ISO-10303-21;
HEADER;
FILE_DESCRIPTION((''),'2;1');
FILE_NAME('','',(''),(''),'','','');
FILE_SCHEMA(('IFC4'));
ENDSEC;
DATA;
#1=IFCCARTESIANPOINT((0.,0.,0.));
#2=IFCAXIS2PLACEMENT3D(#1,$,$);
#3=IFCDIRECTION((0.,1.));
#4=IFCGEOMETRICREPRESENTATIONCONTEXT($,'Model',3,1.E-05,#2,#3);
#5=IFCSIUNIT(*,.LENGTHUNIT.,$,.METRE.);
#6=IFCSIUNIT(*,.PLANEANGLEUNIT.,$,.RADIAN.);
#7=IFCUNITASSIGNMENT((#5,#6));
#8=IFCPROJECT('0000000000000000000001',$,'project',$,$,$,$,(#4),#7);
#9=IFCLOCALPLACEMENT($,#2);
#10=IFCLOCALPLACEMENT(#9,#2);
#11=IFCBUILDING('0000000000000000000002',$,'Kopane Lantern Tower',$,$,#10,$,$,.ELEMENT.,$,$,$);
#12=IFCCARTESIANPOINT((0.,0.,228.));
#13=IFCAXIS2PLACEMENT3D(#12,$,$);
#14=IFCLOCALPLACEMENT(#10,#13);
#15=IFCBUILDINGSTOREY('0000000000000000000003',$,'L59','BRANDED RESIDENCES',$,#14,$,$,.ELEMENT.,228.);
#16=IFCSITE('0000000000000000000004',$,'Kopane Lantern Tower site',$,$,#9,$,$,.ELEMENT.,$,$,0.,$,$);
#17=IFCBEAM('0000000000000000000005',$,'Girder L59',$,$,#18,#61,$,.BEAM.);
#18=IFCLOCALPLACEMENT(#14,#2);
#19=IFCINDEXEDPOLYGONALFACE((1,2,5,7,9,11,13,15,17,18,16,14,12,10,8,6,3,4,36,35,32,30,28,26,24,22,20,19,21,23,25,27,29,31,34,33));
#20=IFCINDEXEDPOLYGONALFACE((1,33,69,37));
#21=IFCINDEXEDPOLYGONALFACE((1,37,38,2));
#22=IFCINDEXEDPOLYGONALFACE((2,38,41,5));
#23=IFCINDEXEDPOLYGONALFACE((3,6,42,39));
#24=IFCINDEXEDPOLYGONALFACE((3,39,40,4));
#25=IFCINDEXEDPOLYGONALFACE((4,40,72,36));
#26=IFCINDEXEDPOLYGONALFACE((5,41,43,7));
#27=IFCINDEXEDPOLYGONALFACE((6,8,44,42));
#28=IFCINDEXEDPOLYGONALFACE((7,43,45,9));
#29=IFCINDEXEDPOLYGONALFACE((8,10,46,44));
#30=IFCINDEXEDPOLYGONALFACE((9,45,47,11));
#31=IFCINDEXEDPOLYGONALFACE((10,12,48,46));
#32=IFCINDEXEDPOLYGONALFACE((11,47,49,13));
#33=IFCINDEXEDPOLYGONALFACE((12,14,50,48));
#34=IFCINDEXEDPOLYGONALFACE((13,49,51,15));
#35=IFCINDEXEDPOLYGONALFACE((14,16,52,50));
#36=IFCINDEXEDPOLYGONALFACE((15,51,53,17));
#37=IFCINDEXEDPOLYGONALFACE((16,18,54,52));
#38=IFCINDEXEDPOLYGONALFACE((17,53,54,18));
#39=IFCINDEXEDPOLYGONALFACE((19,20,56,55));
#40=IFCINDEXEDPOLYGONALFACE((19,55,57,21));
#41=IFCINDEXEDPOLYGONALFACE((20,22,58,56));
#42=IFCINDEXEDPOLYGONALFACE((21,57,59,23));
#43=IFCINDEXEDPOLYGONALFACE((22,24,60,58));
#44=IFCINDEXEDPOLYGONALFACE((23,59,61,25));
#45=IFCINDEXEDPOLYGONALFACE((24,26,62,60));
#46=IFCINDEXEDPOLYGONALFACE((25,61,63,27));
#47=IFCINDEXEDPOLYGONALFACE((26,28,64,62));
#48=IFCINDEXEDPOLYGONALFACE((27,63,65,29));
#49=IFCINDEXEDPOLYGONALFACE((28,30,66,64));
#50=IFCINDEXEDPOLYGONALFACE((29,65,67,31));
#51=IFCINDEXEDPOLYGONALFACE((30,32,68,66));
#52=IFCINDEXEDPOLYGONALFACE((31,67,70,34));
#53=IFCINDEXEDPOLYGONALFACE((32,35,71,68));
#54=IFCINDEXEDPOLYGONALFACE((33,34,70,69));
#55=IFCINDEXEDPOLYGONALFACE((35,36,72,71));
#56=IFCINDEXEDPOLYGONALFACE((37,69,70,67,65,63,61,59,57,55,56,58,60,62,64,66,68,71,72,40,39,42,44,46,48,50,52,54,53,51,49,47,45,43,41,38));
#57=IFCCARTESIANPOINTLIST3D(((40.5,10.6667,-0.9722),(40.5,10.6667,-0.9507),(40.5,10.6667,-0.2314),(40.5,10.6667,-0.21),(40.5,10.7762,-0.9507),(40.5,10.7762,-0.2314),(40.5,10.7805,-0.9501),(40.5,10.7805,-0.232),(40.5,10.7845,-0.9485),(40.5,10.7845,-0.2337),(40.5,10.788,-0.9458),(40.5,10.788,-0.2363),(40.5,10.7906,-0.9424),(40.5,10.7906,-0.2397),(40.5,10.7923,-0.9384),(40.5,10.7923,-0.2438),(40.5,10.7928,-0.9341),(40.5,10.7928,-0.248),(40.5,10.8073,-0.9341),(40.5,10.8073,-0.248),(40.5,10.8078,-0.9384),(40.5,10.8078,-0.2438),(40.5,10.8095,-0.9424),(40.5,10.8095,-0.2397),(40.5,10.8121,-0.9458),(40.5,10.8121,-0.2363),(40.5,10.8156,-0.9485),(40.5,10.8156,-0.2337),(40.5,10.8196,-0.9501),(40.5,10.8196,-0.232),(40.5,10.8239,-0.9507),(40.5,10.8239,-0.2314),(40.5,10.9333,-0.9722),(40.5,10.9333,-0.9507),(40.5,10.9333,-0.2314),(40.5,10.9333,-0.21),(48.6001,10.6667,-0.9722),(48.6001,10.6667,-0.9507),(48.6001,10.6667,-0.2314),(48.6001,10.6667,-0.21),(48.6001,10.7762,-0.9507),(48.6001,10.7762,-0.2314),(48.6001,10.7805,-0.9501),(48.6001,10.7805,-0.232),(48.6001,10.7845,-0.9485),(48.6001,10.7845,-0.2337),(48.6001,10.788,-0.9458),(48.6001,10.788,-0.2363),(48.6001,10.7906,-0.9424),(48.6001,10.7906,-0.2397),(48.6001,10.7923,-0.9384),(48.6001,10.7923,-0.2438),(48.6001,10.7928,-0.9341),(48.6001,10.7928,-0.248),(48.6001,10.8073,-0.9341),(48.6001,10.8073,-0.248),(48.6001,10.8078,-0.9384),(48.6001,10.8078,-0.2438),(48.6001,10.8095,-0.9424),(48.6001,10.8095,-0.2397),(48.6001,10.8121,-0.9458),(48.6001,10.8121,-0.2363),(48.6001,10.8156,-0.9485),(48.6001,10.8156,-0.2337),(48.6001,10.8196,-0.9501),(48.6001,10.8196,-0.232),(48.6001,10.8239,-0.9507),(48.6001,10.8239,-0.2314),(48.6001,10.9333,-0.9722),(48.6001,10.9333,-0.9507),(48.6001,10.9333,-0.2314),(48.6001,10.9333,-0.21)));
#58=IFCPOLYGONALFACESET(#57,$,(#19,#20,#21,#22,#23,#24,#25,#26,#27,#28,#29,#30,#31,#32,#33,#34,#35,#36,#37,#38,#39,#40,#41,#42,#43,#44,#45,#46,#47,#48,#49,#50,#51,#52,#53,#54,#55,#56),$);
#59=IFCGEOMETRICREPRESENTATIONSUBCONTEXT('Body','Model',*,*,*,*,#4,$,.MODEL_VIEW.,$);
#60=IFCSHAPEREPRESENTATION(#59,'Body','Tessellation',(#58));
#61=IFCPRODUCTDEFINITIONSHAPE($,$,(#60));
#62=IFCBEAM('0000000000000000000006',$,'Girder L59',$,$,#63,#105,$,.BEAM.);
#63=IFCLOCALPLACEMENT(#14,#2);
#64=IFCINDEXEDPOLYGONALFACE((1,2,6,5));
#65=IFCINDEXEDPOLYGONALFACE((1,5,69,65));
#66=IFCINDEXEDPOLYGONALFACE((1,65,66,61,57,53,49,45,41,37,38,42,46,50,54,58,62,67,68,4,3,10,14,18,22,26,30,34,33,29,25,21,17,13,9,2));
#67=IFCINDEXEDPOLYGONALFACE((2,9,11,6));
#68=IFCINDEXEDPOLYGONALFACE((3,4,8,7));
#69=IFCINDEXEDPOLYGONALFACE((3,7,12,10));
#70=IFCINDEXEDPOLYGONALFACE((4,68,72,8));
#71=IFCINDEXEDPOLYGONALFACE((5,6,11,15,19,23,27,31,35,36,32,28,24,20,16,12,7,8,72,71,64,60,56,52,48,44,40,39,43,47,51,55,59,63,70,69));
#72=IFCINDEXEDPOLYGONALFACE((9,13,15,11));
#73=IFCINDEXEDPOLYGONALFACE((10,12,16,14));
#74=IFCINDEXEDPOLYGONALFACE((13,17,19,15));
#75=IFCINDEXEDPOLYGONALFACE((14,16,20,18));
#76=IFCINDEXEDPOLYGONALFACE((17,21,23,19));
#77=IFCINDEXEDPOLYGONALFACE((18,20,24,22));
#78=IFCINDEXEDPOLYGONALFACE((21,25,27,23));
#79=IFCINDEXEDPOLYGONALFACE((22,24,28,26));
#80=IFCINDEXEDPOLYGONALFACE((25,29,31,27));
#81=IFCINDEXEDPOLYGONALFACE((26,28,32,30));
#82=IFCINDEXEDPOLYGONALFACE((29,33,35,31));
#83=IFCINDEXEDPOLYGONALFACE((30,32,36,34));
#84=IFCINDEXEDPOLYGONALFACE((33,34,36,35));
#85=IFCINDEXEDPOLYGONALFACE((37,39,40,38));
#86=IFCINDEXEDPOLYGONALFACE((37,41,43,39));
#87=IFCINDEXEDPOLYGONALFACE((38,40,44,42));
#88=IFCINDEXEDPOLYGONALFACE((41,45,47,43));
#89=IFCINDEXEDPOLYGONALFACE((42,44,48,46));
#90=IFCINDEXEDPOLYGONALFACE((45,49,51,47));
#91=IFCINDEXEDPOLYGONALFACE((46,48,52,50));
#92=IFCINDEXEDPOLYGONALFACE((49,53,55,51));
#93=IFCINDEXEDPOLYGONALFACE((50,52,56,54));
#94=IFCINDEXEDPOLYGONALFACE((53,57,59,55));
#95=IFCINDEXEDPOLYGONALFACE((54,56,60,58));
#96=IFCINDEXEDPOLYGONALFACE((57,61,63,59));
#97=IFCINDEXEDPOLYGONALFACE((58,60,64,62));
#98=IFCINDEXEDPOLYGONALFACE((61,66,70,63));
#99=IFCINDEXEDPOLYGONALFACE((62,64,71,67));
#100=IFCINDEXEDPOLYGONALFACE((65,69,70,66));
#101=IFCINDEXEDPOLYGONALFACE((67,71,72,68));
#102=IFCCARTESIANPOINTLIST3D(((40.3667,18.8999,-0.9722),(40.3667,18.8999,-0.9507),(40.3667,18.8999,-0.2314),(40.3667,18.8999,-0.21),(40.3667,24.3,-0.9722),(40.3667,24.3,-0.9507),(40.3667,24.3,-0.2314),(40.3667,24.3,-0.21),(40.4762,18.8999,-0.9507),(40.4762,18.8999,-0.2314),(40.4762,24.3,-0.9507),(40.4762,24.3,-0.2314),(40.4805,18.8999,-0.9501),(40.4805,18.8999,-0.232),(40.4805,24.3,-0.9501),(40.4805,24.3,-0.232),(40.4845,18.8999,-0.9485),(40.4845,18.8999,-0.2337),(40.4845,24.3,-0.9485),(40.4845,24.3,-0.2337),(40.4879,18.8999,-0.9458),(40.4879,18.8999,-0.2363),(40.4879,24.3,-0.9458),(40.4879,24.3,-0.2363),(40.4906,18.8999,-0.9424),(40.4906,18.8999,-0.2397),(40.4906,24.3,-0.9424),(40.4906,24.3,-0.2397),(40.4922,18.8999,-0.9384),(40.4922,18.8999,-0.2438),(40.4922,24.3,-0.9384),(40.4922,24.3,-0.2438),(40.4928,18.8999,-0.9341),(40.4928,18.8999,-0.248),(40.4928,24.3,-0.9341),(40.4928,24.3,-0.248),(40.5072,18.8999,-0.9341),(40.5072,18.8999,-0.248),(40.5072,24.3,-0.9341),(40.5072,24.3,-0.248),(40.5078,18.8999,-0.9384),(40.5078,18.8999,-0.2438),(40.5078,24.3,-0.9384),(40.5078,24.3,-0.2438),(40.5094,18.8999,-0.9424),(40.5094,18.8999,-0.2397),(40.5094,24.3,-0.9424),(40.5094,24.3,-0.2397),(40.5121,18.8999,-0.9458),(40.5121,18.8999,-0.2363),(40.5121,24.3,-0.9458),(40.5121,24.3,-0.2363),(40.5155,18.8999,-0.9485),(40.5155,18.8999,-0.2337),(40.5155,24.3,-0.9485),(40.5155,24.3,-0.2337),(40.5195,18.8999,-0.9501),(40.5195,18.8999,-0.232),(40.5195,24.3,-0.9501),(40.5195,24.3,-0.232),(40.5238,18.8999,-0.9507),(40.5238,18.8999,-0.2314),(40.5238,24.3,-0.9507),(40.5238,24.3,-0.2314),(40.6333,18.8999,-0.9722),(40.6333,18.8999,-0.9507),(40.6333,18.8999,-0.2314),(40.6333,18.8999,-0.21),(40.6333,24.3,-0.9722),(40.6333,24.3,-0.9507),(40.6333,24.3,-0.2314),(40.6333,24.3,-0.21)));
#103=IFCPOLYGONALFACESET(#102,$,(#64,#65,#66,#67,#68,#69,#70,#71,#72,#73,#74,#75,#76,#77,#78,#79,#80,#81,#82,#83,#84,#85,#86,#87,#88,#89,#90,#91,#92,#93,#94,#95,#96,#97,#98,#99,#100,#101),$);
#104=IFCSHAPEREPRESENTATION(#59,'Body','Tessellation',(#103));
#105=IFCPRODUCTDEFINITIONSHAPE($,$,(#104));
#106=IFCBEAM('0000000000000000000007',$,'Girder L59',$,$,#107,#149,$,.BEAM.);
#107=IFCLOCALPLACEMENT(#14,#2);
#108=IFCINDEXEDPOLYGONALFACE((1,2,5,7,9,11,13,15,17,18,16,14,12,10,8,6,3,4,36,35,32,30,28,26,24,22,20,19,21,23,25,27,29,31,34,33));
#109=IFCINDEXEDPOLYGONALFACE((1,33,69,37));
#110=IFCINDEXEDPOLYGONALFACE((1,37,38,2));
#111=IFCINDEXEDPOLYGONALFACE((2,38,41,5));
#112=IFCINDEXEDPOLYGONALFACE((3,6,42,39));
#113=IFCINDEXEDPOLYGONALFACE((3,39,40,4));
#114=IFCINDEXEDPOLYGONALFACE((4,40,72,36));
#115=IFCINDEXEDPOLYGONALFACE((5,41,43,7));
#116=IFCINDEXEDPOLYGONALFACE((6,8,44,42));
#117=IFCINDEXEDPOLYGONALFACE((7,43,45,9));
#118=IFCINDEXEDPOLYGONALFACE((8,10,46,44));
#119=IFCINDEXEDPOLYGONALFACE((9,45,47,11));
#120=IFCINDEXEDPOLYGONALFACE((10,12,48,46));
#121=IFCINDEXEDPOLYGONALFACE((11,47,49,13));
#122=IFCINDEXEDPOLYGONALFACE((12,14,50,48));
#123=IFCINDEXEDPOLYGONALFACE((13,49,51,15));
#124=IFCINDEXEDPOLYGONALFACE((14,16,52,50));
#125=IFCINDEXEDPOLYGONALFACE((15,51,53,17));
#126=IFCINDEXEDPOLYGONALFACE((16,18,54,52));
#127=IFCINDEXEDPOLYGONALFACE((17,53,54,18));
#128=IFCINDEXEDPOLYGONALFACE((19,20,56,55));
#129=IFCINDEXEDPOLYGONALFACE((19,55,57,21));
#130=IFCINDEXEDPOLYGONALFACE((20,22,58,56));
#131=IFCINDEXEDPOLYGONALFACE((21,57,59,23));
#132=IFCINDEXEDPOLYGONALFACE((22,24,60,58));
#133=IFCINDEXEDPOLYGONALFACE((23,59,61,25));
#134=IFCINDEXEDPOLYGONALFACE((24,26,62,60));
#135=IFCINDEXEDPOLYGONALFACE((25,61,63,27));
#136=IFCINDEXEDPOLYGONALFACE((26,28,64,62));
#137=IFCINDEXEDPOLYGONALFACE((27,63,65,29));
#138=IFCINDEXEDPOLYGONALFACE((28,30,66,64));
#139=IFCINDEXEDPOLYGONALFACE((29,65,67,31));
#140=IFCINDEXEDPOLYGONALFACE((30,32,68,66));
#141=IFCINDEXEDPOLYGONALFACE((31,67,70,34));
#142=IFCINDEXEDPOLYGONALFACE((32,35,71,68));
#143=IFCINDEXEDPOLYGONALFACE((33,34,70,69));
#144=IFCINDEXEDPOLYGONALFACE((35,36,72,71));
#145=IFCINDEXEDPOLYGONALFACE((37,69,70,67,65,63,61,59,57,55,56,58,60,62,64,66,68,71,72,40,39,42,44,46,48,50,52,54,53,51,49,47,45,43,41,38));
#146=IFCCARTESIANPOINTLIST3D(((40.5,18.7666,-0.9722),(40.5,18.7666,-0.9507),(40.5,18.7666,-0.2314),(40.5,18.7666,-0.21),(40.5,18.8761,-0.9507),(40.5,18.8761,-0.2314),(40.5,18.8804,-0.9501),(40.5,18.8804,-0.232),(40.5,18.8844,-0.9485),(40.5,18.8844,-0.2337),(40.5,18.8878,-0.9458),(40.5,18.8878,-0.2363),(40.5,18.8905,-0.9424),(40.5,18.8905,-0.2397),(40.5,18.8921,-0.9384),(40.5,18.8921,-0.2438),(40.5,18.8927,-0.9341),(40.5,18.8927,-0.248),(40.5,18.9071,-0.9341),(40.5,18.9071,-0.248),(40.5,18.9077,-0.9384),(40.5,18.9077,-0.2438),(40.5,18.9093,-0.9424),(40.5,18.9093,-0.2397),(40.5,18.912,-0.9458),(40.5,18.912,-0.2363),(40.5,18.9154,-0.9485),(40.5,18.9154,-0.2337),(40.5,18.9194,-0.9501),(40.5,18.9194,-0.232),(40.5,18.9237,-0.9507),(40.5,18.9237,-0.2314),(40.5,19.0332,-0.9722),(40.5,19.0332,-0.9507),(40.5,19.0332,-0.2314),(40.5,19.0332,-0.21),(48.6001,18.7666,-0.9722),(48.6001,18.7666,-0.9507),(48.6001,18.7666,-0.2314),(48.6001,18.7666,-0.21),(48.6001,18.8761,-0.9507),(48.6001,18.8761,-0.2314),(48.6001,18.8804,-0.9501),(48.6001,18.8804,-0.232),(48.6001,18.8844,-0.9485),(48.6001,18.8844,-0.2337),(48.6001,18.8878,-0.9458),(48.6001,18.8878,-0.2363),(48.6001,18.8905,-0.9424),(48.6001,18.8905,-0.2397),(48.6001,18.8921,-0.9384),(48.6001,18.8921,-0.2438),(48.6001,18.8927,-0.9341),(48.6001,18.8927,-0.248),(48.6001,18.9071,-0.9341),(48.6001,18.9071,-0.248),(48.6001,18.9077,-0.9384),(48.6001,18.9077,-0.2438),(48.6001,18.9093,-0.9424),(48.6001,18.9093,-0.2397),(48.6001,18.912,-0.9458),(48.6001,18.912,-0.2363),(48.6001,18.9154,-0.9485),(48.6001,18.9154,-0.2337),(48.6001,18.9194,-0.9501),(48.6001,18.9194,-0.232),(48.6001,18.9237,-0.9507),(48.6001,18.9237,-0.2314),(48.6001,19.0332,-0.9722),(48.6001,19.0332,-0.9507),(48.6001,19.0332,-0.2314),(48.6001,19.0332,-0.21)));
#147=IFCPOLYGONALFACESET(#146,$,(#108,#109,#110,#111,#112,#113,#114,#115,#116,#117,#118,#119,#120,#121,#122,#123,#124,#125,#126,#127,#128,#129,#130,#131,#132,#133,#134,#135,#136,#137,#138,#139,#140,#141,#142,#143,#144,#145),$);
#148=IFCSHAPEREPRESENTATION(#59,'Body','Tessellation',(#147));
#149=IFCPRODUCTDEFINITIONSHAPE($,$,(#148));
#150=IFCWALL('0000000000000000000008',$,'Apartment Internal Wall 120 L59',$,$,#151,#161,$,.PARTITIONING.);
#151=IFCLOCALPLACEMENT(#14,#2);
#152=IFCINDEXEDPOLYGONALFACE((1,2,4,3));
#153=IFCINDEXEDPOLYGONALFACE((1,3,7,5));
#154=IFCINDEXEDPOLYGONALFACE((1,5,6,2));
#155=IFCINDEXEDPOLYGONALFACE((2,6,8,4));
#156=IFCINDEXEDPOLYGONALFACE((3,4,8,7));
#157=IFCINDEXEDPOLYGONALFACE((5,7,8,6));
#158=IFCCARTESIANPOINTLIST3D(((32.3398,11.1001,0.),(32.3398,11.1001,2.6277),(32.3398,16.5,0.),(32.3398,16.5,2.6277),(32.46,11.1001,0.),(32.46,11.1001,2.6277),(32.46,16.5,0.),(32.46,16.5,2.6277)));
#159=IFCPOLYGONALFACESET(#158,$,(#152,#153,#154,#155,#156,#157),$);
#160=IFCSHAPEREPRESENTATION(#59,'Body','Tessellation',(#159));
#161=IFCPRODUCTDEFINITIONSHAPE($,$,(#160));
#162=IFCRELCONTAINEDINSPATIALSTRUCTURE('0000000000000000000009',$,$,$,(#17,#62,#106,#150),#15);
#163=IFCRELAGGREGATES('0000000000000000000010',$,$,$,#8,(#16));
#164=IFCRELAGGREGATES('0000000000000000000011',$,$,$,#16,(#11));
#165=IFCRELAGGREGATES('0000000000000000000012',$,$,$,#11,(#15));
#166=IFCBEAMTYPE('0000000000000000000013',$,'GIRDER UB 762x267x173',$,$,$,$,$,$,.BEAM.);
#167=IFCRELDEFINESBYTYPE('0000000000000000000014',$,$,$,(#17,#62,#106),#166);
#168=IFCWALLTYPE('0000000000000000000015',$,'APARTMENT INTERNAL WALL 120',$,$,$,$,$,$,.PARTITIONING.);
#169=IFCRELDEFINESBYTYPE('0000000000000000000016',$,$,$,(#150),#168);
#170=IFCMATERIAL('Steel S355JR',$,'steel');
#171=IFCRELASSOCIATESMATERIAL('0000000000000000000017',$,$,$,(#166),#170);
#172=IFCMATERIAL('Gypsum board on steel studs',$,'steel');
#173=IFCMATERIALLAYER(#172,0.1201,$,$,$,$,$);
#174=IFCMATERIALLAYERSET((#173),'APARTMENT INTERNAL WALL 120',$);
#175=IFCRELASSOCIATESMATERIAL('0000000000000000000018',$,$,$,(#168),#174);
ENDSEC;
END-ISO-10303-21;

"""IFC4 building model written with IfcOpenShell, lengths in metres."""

from ifc_helpers import new_model, si_unit, direction, frame, frame_2d, origin, origin_2d, place, context, subcontext, project, spatial, rectangle, i_section, extrude, material, layer, layer_set, material_profile, profile_set, type_object, element, save


model = new_model("IFC4")

# Units and contexts
model_context = context("Model", 3, precision=1e-05, world=origin(), true_north=direction((0.0, 1.0)))
body_context = subcontext(model_context, "Body", "Model", "MODEL_VIEW")
ifc_project = project(units=[si_unit("LENGTHUNIT", "METRE"), si_unit("PLANEANGLEUNIT", "RADIAN")], contexts=[model_context])

# Site, building, storey
site_placement = place(None, origin())
site = spatial("IfcSite", under=ifc_project, at=site_placement, Name="Kopane Lantern Tower site", CompositionType="ELEMENT", RefElevation=0.0)
building_placement = place(site_placement, origin())
building = spatial("IfcBuilding", under=site, at=building_placement, Name="Kopane Lantern Tower", CompositionType="ELEMENT")
storey_placement = place(building_placement, frame((0.0, 0.0, 228.0)))
storey = spatial("IfcBuildingStorey", under=building, at=storey_placement, Name="L59", Description="BRANDED RESIDENCES", CompositionType="ELEMENT", Elevation=228.0)

# Beams
ifc_material_1 = material(Name="Steel S355JR", Category="steel")
ifc_material_profile_1 = material_profile(ifc_material_1, i_section(OverallWidth=0.2666, OverallDepth=0.7622, WebThickness=0.0144, FlangeThickness=0.0215, FilletRadius=0.0166, at=origin_2d()), Name="UB 762x267x173")
ifc_profile_set_1 = profile_set([ifc_material_profile_1], Name="Steel S355JR")
beam_type = type_object("IfcBeamType", Name="GIRDER UB 762x267x173", PredefinedType="BEAM", material=ifc_profile_set_1)
beam_1_placement = place(storey_placement, frame((40.5, 10.8, -0.5911), z_axis=(1.0, 0.0, 0.0), x_axis=(0.0, 1.0, 0.0)))
element("IfcBeam", 1, at=beam_1_placement, inside=storey, type_object=beam_type, Name="Girder L59", PredefinedType="BEAM", context=body_context, shape_type="SweptSolid", body=[
    extrude(i_section(OverallWidth=0.2666, OverallDepth=0.7622, WebThickness=0.0144, FlangeThickness=0.0215, FilletRadius=0.0166, at=origin_2d()), origin(), (0.0, 0.0, 1.0), 8.1001),
])
beam_2_placement = place(storey_placement, frame((40.5, 18.8999, -0.5911), z_axis=(0.0, 1.0, 0.0), x_axis=(-1.0, 0.0, 0.0)))
element("IfcBeam", 2, at=beam_2_placement, inside=storey, type_object=beam_type, Name="Girder L59", PredefinedType="BEAM", context=body_context, shape_type="SweptSolid", body=[
    extrude(i_section(OverallWidth=0.2666, OverallDepth=0.7622, WebThickness=0.0144, FlangeThickness=0.0215, FilletRadius=0.0166, at=origin_2d()), origin(), (0.0, 0.0, 1.0), 5.4001),
])
beam_3_placement = place(storey_placement, frame((40.5, 18.8999, -0.5911), z_axis=(1.0, 0.0, 0.0), x_axis=(0.0, 1.0, 0.0)))
element("IfcBeam", 3, at=beam_3_placement, inside=storey, type_object=beam_type, Name="Girder L59", PredefinedType="BEAM", context=body_context, shape_type="SweptSolid", body=[
    extrude(i_section(OverallWidth=0.2666, OverallDepth=0.7622, WebThickness=0.0144, FlangeThickness=0.0215, FilletRadius=0.0166, at=origin_2d()), origin(), (0.0, 0.0, 1.0), 8.1001),
])

# Wall
ifc_material_2 = material(Name="Gypsum board on steel studs", Category="steel")
ifc_layer_1 = layer(ifc_material_2, 0.1201)
ifc_layer_set_1 = layer_set([ifc_layer_1], Name="APARTMENT INTERNAL WALL 120")
wall_type_1 = type_object("IfcWallType", Name="APARTMENT INTERNAL WALL 120", PredefinedType="PARTITIONING", material=ifc_layer_set_1)
wall_1_placement = place(storey_placement, frame((32.3999, 16.5, 0.0), z_axis=(0.0, 0.0, 1.0), x_axis=(0.0, -1.0, 0.0)))
element("IfcWall", 4, at=wall_1_placement, inside=storey, type_object=wall_type_1, Name="Apartment Internal Wall 120 L59", PredefinedType="PARTITIONING", context=body_context, shape_type="SweptSolid", body=[
    extrude(rectangle(XDim=5.3999, YDim=0.1201, at=frame_2d((2.7, 0.0))), origin(), (0.0, 0.0, 1.0), 2.6277),
])

save(model, "model.ifc")
